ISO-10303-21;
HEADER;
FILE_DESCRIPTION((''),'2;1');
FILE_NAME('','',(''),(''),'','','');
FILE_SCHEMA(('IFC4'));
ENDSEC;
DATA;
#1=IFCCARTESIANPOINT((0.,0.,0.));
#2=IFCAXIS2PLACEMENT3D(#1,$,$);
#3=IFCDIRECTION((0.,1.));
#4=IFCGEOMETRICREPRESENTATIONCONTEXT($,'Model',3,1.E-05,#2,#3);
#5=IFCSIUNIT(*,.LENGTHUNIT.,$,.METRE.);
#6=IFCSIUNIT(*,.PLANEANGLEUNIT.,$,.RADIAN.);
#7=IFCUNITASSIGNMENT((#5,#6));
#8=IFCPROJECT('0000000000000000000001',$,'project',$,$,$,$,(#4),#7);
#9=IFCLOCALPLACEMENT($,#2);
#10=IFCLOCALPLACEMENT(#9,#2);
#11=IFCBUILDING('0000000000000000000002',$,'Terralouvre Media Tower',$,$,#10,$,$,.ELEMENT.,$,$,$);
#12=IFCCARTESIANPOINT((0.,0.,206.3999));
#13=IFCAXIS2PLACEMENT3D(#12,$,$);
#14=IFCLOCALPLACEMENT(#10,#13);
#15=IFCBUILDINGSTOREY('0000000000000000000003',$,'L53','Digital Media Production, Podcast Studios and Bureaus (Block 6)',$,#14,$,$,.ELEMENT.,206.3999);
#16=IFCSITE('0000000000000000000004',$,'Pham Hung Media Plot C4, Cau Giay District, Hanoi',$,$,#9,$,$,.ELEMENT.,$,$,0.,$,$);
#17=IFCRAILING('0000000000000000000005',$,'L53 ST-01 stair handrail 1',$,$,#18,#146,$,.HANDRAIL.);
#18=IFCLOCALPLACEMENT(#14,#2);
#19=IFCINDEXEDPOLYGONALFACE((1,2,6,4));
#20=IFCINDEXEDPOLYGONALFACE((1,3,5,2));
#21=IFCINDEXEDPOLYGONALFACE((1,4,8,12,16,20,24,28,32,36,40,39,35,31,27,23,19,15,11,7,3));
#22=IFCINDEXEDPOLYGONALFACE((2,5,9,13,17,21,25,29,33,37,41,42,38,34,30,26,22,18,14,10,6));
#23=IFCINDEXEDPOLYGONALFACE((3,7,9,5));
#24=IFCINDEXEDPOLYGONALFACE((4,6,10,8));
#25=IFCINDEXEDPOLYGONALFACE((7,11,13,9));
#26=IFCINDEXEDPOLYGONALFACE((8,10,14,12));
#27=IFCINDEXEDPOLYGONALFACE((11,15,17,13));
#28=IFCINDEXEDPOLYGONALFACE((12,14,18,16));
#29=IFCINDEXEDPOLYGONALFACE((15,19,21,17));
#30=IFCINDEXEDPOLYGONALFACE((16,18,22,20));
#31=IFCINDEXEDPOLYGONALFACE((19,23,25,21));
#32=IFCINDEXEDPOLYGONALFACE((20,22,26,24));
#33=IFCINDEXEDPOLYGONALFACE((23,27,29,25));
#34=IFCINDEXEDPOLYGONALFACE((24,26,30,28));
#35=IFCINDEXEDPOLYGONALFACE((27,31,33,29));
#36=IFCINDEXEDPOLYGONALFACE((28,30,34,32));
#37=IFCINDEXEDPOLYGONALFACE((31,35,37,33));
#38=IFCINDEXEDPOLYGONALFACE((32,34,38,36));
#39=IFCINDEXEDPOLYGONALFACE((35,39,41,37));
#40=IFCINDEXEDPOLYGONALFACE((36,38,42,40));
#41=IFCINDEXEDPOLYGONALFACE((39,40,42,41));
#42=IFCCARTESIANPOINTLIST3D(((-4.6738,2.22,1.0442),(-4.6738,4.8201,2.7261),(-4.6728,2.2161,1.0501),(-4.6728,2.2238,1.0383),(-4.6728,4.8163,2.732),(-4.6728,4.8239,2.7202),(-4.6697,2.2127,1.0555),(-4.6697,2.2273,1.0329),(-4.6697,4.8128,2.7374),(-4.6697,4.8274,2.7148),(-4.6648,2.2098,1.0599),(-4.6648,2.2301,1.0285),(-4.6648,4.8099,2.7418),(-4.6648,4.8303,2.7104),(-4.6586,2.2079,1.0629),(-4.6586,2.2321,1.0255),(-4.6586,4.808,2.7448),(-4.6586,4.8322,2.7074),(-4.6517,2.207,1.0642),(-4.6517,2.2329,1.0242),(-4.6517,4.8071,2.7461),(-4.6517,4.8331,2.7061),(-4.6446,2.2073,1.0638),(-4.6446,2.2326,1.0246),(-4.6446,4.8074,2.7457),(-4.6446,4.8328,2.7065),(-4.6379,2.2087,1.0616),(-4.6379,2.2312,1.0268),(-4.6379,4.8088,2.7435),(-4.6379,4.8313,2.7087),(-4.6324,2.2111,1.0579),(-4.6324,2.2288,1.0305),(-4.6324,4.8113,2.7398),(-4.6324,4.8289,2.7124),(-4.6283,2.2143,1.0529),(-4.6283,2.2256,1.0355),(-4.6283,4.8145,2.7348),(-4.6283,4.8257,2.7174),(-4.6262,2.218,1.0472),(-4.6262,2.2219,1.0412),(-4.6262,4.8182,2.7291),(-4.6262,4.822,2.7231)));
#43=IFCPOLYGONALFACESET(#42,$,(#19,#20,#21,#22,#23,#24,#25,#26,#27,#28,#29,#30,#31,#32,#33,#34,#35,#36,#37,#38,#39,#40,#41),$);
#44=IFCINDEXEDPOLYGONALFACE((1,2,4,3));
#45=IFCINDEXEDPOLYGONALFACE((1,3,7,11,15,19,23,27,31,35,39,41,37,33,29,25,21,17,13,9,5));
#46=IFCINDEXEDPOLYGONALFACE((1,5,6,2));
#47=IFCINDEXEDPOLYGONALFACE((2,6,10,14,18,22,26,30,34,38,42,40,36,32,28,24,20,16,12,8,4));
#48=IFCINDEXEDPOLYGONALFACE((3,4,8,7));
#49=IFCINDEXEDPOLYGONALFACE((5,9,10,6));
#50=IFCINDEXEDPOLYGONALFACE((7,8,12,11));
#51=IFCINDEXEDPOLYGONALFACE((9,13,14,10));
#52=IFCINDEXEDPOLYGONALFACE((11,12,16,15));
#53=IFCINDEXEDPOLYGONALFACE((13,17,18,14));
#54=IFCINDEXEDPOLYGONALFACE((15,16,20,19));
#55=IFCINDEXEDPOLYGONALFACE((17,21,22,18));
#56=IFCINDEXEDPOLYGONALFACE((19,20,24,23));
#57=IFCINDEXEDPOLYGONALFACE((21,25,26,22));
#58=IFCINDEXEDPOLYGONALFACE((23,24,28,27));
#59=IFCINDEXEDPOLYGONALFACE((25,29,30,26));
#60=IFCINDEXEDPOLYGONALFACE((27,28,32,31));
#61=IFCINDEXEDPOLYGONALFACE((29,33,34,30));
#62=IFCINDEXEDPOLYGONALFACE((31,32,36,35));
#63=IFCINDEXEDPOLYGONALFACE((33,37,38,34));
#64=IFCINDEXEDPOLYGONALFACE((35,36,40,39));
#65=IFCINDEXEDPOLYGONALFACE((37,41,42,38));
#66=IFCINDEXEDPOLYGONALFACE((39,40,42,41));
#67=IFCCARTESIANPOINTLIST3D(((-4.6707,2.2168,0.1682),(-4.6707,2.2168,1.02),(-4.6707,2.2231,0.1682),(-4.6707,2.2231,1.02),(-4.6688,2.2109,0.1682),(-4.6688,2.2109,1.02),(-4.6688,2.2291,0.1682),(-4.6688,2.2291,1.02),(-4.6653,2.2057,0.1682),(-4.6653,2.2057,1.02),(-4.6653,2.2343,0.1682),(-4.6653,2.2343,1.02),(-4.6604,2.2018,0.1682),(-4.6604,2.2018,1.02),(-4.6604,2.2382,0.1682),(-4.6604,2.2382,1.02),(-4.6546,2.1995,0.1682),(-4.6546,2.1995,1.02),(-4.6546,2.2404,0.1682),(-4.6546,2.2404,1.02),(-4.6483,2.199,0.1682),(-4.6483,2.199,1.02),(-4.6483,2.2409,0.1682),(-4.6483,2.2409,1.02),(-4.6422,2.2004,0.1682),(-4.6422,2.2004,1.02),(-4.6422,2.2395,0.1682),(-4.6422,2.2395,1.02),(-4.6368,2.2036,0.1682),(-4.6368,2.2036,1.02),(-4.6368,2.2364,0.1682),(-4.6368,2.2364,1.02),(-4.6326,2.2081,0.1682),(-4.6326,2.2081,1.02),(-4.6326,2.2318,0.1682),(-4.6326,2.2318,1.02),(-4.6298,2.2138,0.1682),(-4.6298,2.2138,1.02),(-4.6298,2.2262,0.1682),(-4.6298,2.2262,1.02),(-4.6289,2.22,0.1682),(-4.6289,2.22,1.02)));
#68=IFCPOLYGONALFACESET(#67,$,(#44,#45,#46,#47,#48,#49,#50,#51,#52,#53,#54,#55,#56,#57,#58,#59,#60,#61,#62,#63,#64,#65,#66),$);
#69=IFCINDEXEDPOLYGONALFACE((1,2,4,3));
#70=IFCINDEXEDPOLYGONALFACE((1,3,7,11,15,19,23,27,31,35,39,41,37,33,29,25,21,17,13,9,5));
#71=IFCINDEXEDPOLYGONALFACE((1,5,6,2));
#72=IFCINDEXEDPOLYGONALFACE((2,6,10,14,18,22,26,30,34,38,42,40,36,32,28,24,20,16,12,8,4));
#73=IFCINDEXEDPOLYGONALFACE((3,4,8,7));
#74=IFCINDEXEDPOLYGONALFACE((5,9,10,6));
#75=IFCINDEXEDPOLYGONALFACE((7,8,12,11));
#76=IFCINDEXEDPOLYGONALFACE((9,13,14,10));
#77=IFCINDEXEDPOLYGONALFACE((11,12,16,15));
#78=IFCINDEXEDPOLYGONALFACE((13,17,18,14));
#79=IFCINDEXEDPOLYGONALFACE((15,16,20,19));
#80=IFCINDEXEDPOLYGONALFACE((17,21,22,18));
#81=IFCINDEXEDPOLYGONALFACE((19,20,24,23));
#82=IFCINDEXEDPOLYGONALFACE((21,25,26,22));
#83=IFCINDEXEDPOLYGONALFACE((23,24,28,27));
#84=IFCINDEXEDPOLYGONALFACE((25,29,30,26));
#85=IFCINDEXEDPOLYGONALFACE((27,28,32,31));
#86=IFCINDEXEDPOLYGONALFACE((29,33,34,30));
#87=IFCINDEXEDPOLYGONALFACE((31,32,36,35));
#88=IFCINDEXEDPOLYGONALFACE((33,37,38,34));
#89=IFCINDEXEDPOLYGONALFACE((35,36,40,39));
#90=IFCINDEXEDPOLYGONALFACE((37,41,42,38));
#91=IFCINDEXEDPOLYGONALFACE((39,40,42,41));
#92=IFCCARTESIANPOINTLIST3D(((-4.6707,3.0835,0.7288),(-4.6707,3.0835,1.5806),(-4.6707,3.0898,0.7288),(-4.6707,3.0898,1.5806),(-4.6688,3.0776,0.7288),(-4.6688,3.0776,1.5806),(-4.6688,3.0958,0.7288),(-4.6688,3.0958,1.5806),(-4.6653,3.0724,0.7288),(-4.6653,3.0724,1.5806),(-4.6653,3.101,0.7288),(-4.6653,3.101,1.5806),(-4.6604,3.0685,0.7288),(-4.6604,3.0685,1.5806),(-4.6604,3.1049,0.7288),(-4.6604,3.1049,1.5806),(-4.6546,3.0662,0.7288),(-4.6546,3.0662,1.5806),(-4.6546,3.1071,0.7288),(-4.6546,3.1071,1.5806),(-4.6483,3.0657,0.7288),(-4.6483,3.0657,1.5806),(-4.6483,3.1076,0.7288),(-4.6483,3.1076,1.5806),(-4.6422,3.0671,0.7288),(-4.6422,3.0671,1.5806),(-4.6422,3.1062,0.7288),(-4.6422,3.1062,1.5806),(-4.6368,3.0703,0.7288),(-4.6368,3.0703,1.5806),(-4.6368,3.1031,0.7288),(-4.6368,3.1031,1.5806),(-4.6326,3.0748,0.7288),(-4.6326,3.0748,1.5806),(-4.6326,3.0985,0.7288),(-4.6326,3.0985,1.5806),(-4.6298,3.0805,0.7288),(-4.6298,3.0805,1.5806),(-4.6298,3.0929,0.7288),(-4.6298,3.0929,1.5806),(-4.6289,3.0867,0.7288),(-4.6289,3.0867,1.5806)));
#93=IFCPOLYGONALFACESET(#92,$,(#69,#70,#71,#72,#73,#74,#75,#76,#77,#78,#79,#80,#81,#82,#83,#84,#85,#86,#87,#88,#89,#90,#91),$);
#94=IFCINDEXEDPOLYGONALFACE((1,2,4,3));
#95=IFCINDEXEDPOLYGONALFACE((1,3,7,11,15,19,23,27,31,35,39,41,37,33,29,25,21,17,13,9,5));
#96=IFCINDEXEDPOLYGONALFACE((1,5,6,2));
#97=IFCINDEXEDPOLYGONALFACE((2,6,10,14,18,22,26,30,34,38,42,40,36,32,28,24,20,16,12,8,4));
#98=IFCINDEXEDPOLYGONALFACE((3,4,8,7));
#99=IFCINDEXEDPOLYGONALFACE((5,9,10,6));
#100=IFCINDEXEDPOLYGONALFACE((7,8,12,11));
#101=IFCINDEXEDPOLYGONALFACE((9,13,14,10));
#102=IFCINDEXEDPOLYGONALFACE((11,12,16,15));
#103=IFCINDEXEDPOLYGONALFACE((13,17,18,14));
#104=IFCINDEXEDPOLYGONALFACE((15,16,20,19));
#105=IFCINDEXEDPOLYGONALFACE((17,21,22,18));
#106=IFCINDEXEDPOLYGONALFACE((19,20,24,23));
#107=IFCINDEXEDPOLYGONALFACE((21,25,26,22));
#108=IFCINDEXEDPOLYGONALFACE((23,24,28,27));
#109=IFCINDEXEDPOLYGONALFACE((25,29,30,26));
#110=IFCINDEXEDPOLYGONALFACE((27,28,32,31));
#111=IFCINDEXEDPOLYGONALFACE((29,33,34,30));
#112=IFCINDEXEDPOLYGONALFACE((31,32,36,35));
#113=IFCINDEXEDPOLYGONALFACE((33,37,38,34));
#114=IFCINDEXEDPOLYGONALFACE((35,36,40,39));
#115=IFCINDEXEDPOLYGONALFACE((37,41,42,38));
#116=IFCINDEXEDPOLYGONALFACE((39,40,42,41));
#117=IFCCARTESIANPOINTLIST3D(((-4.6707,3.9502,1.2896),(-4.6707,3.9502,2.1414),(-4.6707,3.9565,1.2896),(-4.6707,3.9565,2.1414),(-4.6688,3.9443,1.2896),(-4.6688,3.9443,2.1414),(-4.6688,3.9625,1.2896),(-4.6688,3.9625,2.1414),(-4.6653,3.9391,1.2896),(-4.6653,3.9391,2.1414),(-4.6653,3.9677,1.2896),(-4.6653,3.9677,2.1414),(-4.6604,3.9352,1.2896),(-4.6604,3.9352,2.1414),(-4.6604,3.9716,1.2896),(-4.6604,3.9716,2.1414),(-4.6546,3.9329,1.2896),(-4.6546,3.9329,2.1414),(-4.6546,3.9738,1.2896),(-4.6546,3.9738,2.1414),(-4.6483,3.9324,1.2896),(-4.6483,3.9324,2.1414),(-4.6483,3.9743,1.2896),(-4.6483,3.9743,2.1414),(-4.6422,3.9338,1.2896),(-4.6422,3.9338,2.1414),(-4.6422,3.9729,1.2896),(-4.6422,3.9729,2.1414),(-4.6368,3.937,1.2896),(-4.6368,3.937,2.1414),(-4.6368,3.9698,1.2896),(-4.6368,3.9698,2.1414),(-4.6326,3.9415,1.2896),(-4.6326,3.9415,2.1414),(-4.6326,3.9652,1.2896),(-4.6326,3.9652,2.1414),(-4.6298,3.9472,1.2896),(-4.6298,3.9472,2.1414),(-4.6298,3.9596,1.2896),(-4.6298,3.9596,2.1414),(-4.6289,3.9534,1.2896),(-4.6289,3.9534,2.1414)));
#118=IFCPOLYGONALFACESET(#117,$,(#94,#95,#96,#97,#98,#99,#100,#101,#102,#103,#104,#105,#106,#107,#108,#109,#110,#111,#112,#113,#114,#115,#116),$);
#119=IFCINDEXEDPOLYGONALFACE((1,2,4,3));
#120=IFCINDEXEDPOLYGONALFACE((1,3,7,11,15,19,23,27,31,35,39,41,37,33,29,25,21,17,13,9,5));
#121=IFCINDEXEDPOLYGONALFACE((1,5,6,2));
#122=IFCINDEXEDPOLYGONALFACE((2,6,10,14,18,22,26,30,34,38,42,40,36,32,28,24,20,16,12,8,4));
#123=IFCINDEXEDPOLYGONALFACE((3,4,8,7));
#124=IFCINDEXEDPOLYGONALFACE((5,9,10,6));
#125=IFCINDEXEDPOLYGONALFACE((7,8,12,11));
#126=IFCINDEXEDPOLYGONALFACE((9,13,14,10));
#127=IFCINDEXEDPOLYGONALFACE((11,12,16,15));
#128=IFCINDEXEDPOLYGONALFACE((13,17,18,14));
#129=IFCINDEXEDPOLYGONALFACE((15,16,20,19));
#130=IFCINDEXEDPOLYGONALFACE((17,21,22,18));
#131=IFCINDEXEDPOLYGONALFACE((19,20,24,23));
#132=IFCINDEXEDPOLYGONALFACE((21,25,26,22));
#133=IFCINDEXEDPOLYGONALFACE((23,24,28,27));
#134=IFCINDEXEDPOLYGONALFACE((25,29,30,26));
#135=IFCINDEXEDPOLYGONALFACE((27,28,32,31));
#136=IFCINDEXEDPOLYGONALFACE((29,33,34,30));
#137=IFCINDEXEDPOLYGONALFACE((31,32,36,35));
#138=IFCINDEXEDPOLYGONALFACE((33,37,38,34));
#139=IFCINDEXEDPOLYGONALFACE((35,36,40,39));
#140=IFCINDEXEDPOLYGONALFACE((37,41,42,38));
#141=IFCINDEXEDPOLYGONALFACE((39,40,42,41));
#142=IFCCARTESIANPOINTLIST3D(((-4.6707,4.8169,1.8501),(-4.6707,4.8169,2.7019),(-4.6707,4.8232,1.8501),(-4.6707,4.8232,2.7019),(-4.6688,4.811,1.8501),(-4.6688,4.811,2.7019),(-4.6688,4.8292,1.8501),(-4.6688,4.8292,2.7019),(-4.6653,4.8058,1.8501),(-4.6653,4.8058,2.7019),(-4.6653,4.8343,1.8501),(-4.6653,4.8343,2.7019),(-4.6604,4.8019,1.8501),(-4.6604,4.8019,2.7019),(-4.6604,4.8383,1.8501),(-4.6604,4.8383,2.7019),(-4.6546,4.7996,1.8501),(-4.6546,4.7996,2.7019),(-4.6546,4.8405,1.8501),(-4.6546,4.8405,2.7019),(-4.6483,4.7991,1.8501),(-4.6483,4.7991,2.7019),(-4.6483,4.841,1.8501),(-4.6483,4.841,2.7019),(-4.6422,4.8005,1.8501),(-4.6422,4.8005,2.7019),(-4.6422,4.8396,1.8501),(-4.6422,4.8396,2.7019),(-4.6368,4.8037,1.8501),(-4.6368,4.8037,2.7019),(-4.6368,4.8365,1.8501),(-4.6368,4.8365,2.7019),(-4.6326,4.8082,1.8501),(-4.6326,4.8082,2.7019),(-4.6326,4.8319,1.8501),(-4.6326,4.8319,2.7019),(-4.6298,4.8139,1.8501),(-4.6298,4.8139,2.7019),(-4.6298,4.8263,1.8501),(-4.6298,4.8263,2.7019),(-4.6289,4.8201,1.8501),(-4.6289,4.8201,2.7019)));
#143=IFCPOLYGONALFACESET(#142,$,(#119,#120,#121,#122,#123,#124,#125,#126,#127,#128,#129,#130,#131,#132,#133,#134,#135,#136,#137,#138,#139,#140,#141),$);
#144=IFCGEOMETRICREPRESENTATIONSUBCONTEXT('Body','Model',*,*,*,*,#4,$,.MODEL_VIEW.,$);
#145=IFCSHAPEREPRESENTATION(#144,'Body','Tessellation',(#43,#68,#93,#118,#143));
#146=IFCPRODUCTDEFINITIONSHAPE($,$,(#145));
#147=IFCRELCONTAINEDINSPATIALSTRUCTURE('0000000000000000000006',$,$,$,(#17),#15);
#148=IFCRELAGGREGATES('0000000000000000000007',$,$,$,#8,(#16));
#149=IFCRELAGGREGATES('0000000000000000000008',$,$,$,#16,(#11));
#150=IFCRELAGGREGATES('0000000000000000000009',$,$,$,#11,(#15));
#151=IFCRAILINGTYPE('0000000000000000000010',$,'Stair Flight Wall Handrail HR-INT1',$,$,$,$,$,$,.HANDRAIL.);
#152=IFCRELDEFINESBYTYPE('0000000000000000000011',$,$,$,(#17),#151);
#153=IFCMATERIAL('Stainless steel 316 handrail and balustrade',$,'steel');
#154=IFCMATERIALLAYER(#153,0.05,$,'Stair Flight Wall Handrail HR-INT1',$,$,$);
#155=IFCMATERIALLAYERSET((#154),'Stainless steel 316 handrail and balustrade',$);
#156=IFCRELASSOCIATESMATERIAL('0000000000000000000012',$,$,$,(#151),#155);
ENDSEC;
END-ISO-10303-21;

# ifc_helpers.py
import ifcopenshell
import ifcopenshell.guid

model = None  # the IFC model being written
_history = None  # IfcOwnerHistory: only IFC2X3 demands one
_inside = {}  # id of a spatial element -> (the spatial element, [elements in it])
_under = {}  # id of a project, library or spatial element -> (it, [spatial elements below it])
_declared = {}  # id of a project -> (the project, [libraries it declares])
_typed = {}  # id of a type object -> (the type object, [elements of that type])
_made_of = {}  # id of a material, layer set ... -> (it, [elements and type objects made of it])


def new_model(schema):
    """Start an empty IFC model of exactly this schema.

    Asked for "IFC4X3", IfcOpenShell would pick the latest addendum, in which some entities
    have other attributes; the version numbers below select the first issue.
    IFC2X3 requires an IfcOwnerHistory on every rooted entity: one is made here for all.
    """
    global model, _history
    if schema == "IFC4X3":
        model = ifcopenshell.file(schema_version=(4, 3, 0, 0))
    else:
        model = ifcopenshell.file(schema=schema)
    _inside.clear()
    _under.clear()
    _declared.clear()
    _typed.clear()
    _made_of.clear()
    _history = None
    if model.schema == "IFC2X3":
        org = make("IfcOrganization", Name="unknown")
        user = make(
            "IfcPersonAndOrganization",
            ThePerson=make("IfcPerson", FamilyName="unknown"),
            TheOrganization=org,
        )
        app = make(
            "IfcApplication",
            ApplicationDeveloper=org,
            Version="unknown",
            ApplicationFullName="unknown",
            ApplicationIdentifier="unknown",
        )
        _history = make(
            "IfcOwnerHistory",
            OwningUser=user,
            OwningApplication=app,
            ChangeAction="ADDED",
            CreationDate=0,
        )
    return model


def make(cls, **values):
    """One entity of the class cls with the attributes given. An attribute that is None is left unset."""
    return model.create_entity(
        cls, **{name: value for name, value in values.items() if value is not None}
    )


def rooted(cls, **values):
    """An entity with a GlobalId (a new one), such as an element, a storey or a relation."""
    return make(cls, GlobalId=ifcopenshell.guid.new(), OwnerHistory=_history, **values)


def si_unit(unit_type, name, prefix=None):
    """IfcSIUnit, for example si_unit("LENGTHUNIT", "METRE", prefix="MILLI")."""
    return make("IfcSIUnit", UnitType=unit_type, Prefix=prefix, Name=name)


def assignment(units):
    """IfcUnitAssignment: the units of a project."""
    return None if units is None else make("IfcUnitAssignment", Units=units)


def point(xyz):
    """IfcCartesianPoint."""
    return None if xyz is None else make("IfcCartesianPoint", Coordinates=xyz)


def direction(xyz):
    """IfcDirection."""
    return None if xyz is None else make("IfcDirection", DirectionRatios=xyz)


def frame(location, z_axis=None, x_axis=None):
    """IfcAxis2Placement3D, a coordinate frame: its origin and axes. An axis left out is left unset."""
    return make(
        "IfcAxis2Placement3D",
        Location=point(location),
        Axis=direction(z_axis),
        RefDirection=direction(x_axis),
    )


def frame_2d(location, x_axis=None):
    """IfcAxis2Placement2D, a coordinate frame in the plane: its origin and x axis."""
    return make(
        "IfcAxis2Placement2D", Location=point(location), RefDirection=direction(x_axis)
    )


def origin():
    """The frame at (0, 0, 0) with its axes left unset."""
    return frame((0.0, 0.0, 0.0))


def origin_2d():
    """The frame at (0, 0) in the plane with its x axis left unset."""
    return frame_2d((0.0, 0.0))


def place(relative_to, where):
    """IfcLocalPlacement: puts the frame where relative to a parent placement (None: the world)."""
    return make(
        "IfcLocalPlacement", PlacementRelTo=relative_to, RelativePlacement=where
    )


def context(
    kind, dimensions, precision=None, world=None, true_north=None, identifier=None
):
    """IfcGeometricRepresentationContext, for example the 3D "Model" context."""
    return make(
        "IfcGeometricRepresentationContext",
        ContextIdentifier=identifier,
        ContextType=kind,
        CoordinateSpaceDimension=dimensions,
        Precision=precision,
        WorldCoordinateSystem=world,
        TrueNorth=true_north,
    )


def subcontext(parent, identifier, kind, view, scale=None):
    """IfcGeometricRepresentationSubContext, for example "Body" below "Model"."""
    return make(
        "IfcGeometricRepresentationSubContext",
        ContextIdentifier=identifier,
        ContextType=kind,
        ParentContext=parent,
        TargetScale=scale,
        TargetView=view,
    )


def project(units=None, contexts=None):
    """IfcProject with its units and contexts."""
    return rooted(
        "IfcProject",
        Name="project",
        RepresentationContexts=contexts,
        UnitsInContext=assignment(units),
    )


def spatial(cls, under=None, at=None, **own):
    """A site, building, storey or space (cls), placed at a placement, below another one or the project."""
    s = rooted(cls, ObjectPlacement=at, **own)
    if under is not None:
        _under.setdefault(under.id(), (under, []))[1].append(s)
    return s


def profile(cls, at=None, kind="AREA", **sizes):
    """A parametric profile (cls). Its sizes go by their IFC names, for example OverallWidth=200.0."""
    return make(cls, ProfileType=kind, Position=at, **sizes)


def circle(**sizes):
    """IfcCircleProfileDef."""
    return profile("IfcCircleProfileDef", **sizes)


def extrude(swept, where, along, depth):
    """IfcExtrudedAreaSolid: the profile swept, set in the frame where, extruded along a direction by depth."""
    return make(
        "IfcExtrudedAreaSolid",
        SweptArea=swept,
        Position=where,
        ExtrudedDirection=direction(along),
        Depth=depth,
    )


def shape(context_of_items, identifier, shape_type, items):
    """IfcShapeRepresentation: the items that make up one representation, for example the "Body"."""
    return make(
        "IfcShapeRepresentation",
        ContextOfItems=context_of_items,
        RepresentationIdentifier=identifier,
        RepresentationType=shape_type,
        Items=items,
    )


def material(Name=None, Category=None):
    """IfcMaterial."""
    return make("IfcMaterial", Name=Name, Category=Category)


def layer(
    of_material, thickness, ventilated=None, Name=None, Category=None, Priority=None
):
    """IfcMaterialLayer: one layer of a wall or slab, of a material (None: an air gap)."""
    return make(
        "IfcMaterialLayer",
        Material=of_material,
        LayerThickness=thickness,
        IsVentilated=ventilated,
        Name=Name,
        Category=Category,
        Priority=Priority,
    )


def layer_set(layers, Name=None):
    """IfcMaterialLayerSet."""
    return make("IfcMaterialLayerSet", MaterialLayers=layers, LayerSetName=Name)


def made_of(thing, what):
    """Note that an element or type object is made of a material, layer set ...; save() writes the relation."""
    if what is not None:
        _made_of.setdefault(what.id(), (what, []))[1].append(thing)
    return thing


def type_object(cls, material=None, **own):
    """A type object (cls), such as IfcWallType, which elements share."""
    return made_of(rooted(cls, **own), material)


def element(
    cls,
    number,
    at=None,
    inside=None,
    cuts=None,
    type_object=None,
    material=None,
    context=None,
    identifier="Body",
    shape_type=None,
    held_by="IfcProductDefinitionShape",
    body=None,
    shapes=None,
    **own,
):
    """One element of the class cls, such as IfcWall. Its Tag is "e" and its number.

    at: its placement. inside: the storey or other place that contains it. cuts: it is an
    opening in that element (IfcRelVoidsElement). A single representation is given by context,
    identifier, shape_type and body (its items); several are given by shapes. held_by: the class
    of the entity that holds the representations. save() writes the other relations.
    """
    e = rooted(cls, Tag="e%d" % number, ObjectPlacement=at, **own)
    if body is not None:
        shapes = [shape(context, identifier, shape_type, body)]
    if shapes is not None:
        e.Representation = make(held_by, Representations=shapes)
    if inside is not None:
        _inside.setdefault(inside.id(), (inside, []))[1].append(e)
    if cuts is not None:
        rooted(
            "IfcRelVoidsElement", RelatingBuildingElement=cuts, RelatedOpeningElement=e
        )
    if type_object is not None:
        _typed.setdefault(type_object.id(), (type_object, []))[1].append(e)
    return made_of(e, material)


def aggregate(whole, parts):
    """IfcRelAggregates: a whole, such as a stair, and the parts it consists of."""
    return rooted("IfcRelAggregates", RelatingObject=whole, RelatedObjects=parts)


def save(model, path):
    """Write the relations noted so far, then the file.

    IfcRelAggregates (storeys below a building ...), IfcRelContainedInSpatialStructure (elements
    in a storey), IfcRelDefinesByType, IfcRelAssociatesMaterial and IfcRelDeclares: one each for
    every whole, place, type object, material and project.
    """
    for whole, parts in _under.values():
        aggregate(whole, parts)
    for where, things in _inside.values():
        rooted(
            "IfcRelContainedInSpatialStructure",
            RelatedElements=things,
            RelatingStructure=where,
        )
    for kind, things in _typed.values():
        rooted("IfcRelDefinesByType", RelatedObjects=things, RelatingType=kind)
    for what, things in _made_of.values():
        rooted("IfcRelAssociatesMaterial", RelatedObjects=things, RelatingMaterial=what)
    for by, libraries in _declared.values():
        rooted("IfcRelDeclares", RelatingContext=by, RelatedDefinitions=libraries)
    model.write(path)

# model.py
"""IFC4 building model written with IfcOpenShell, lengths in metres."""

from ifc_helpers import new_model, si_unit, direction, frame, origin, origin_2d, place, context, subcontext, project, spatial, circle, extrude, material, layer, layer_set, type_object, element, save


model = new_model("IFC4")

# Units and contexts
model_context = context("Model", 3, precision=1e-05, world=origin(), true_north=direction((0.0, 1.0)))
body_context = subcontext(model_context, "Body", "Model", "MODEL_VIEW")
ifc_project = project(units=[si_unit("LENGTHUNIT", "METRE"), si_unit("PLANEANGLEUNIT", "RADIAN")], contexts=[model_context])

# Site, building, storey
site_placement = place(None, origin())
site = spatial("IfcSite", under=ifc_project, at=site_placement, Name="Pham Hung Media Plot C4, Cau Giay District, Hanoi", CompositionType="ELEMENT", RefElevation=0.0)
building_placement = place(site_placement, origin())
building = spatial("IfcBuilding", under=site, at=building_placement, Name="Terralouvre Media Tower", CompositionType="ELEMENT")
storey_placement = place(building_placement, frame((0.0, 0.0, 206.3999)))
storey = spatial("IfcBuildingStorey", under=building, at=storey_placement, Name="L53", Description="Digital Media Production, Podcast Studios and Bureaus (Block 6)", CompositionType="ELEMENT", Elevation=206.3999)

# Railing
ifc_material_1 = material(Name="Stainless steel 316 handrail and balustrade", Category="steel")
ifc_layer_1 = layer(ifc_material_1, 0.05, Name="Stair Flight Wall Handrail HR-INT1")
ifc_layer_set_1 = layer_set([ifc_layer_1], Name="Stainless steel 316 handrail and balustrade")
railing_type_1 = type_object("IfcRailingType", Name="Stair Flight Wall Handrail HR-INT1", PredefinedType="HANDRAIL", material=ifc_layer_set_1)
railing_1_placement = place(storey_placement, frame((-4.6499, 2.22, 0.1682)))
element("IfcRailing", 1, at=railing_1_placement, inside=storey, type_object=railing_type_1, Name="L53 ST-01 stair handrail 1", PredefinedType="HANDRAIL", context=body_context, shape_type="SweptSolid", body=[
    extrude(circle(Radius=0.0239, at=origin_2d()), frame((0.0, 0.0, 0.876), z_axis=(0.0, 0.839648, 0.54313), x_axis=(-1.0, 0.0, 0.0)), (0.0, 0.0, 1.0), 3.0967),
    extrude(circle(Radius=0.021, at=origin_2d()), origin(), (0.0, 0.0, 1.0), 0.8518),
    extrude(circle(Radius=0.021, at=origin_2d()), frame((0.0, 0.8667, 0.5605)), (0.0, 0.0, 1.0), 0.8518),
    extrude(circle(Radius=0.021, at=origin_2d()), frame((0.0, 1.7334, 1.1213)), (0.0, 0.0, 1.0), 0.8518),
    extrude(circle(Radius=0.021, at=origin_2d()), frame((0.0, 2.6001, 1.6819)), (0.0, 0.0, 1.0), 0.8518),
])

save(model, "model.ifc")
